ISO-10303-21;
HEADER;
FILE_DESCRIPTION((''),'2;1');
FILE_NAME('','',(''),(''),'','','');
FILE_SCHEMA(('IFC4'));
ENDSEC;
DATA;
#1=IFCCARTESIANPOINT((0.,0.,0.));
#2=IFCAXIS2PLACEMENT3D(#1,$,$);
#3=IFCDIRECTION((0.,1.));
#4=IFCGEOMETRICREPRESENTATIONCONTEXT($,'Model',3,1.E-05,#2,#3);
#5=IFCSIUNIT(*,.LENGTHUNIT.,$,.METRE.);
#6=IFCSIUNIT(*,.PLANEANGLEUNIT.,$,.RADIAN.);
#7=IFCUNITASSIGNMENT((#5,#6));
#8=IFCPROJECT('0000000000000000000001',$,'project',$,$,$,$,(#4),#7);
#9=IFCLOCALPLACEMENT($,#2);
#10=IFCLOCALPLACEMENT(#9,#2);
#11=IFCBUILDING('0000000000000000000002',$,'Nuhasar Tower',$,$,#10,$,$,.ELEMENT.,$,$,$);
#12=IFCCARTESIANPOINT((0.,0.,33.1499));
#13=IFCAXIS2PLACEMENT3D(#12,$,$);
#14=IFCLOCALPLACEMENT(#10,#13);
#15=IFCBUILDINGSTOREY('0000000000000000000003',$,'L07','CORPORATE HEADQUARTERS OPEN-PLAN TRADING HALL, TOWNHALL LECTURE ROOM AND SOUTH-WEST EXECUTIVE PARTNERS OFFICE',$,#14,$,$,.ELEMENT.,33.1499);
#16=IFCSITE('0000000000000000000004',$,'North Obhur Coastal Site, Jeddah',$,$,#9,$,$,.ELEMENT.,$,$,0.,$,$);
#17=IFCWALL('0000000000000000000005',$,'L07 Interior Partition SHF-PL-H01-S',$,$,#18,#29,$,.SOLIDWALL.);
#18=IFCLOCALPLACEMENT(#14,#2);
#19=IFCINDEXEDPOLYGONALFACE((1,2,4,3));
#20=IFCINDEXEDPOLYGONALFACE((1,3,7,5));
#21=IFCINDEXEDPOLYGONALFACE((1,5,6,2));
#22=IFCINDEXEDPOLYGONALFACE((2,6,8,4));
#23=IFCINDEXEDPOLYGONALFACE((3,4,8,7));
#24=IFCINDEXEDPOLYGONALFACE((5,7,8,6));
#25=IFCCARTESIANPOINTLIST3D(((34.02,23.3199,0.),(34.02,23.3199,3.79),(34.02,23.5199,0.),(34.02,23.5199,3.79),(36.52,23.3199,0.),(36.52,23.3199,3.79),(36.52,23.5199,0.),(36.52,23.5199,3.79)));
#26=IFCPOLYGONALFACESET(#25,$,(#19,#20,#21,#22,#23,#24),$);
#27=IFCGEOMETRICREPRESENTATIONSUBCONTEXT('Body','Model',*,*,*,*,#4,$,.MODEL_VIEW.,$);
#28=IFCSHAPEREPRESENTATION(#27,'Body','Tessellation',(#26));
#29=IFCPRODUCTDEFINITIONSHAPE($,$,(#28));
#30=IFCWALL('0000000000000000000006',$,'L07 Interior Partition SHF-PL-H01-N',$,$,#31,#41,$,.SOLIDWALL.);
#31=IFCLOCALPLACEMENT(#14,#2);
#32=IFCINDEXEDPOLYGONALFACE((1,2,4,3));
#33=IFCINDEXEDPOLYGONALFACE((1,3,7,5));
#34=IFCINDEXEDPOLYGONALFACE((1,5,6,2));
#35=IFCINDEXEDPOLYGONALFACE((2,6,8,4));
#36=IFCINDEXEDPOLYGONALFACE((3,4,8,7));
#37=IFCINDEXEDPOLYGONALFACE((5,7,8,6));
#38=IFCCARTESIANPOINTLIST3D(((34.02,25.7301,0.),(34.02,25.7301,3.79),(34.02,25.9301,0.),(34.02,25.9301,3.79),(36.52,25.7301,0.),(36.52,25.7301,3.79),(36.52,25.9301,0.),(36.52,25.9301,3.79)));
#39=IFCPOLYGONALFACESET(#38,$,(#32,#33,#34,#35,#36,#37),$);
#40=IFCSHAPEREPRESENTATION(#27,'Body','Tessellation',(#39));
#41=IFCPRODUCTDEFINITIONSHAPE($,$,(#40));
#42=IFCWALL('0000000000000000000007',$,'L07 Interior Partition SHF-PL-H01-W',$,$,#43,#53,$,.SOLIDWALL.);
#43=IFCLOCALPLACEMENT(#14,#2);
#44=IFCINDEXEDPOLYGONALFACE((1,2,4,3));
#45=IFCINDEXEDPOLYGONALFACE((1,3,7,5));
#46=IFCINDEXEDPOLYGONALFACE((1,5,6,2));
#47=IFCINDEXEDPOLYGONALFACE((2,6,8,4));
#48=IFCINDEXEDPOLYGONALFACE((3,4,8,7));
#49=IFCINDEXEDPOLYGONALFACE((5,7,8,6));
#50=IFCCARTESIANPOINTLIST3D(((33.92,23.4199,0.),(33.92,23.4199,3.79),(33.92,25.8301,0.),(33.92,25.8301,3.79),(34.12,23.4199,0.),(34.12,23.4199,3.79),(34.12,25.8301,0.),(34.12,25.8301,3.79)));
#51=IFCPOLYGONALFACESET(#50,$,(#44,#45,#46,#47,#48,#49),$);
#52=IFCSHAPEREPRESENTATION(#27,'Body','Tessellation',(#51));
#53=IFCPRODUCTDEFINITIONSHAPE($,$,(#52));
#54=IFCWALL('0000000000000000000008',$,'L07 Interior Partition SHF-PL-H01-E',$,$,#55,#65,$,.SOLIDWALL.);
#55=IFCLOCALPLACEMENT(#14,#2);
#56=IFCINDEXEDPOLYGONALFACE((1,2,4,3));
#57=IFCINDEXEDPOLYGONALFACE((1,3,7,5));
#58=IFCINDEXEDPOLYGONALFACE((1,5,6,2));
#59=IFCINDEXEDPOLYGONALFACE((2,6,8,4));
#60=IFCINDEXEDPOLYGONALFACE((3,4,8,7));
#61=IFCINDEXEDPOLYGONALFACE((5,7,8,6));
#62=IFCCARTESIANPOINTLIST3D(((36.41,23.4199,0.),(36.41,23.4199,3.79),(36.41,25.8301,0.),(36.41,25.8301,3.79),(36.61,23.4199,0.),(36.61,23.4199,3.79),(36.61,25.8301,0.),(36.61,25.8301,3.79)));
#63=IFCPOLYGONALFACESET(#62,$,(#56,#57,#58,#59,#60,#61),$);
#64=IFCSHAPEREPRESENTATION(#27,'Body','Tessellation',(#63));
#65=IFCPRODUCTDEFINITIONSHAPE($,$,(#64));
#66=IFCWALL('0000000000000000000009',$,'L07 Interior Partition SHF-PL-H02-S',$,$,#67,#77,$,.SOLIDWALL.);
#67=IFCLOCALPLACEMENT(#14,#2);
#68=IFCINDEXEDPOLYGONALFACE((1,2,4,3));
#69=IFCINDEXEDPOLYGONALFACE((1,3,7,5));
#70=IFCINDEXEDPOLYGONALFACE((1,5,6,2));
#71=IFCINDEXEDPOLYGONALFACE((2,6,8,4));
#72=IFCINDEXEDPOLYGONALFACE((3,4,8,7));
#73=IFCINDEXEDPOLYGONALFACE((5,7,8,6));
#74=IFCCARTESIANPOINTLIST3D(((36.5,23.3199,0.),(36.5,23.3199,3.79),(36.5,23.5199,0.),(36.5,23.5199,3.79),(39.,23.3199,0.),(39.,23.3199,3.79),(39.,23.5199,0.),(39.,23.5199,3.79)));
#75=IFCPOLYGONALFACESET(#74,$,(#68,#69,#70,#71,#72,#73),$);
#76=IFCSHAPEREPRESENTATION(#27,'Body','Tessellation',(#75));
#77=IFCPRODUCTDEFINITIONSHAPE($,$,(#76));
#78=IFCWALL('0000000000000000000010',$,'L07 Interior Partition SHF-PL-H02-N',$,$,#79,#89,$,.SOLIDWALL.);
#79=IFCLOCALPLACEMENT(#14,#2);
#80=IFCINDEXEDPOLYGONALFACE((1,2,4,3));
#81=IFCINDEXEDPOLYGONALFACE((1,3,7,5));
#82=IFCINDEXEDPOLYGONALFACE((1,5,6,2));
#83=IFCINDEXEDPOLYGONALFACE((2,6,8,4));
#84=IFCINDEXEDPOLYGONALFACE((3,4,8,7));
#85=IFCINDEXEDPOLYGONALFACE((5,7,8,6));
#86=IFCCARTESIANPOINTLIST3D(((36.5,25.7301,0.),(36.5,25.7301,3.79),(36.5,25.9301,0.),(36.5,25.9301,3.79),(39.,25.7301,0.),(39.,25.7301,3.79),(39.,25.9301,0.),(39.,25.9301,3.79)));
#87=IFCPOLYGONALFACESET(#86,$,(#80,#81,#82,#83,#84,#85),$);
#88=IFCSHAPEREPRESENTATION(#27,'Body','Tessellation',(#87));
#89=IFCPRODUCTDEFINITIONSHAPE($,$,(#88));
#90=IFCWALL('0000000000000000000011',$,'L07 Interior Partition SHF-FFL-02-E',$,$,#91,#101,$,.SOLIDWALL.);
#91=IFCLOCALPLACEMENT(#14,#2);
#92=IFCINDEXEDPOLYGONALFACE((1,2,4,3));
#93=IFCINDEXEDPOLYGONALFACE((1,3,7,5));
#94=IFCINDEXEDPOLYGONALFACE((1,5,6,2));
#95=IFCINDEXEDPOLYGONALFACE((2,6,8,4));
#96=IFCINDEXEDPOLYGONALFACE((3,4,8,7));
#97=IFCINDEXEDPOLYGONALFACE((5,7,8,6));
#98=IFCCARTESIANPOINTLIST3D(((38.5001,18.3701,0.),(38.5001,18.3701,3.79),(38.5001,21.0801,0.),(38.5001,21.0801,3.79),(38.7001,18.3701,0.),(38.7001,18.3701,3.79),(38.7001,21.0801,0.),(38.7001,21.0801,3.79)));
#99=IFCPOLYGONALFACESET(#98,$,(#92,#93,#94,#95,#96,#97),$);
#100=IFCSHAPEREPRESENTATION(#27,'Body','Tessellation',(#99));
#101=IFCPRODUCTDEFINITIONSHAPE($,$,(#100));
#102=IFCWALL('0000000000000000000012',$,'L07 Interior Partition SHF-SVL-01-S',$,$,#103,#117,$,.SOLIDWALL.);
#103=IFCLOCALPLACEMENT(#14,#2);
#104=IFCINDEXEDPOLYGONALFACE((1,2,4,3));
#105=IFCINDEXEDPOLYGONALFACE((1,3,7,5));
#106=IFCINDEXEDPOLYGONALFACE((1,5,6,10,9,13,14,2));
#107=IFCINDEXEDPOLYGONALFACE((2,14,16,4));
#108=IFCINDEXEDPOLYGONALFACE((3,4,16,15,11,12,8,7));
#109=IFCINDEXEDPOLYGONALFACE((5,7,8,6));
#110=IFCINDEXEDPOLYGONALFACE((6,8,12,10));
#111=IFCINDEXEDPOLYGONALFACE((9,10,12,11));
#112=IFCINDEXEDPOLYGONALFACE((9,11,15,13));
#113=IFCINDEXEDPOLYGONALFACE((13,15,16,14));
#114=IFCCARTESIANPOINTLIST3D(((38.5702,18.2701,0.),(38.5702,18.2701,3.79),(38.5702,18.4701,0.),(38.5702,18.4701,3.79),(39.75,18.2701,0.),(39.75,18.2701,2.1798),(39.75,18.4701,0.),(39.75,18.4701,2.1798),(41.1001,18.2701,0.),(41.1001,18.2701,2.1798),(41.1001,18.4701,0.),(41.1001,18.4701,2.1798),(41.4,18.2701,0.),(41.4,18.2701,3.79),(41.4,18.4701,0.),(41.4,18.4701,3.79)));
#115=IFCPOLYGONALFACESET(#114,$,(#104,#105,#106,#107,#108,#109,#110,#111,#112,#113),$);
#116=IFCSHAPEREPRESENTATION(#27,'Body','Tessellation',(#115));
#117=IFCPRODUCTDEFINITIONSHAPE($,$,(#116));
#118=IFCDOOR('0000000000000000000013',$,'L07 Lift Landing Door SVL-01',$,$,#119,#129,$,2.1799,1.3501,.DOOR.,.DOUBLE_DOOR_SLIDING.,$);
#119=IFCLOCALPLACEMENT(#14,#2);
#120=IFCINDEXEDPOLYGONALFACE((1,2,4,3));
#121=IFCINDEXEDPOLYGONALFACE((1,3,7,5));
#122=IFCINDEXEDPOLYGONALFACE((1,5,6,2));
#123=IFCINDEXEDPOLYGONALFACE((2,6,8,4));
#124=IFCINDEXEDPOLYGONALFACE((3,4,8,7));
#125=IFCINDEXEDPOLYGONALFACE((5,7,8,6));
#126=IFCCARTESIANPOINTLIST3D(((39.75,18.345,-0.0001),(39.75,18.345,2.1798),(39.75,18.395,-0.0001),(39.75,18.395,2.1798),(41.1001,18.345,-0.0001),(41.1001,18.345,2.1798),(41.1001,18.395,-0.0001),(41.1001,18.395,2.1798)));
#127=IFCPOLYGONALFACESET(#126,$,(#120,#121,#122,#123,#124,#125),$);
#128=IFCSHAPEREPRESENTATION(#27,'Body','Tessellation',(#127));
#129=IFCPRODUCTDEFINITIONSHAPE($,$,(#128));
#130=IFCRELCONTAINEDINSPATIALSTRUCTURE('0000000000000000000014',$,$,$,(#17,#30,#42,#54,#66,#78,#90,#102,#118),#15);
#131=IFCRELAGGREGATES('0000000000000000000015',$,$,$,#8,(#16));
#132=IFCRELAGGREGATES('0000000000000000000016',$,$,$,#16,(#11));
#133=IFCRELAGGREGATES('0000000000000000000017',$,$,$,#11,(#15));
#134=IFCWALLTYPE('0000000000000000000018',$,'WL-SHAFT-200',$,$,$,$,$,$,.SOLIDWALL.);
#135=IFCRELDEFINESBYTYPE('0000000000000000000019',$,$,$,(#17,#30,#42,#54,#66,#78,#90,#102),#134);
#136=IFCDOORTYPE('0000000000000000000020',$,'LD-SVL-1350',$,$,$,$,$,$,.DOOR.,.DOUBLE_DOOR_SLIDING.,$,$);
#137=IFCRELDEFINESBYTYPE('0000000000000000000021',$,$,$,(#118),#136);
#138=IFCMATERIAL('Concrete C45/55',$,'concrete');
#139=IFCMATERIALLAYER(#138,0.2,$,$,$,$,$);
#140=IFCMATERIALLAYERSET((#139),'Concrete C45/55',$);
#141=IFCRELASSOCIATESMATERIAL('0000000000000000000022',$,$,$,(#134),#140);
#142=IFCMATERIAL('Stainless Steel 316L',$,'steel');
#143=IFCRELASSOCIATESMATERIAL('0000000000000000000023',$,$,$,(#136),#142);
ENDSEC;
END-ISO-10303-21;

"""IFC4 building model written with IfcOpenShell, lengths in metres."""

from ifc_helpers import new_model, si_unit, direction, frame, frame_2d, origin, place, context, subcontext, project, spatial, rectangle, extrude, material, layer, layer_set, type_object, element, fill, save


model = new_model("IFC4")

# Units and contexts
model_context = context("Model", 3, precision=1e-05, world=origin(), true_north=direction((0.0, 1.0)))
body_context = subcontext(model_context, "Body", "Model", "MODEL_VIEW")
ifc_project = project(units=[si_unit("LENGTHUNIT", "METRE"), si_unit("PLANEANGLEUNIT", "RADIAN")], contexts=[model_context])

# Site, building, storey
site_placement = place(None, origin())
site = spatial("IfcSite", under=ifc_project, at=site_placement, Name="North Obhur Coastal Site, Jeddah", CompositionType="ELEMENT", RefElevation=0.0)
building_placement = place(site_placement, origin())
building = spatial("IfcBuilding", under=site, at=building_placement, Name="Nuhasar Tower", CompositionType="ELEMENT")
storey_placement = place(building_placement, frame((0.0, 0.0, 33.1499)))
storey = spatial("IfcBuildingStorey", under=building, at=storey_placement, Name="L07", Description="CORPORATE HEADQUARTERS OPEN-PLAN TRADING HALL, TOWNHALL LECTURE ROOM AND SOUTH-WEST EXECUTIVE PARTNERS OFFICE", CompositionType="ELEMENT", Elevation=33.1499)

# Shared definitions
ifc_material_1 = material(Name="Concrete C45/55", Category="concrete")
ifc_layer_1 = layer(ifc_material_1, 0.2)
ifc_layer_set_1 = layer_set([ifc_layer_1], Name="Concrete C45/55")
wall_type_1 = type_object("IfcWallType", Name="WL-SHAFT-200", PredefinedType="SOLIDWALL", material=ifc_layer_set_1)
ifc_material_2 = material(Name="Stainless Steel 316L", Category="steel")

# Walls
for number, where, z_axis, x_axis, name in (
    (1, (34.02, 23.4199, 0.0), (0.0, 0.0, 1.0), (1.0, 0.0, 0.0), "L07 Interior Partition SHF-PL-H01-S"),
    (2, (34.02, 25.8301, 0.0), (0.0, 0.0, 1.0), (1.0, 0.0, 0.0), "L07 Interior Partition SHF-PL-H01-N"),
):
    element("IfcWall", number, at=place(storey_placement, frame(where, z_axis=z_axis, x_axis=x_axis)), inside=storey, type_object=wall_type_1, Name=name, PredefinedType="SOLIDWALL", context=body_context, shape_type="SweptSolid", body=[
        extrude(rectangle(XDim=2.5, YDim=0.2, at=frame_2d((1.25, 0.0))), origin(), (0.0, 0.0, 1.0), 3.79),
    ])
for number, where, z_axis, x_axis, name in (
    (3, (34.02, 23.4199, 0.0), (0.0, 0.0, 1.0), (0.0, 1.0, 0.0), "L07 Interior Partition SHF-PL-H01-W"),
    (4, (36.51, 23.4199, 0.0), (0.0, 0.0, 1.0), (0.0, 1.0, 0.0), "L07 Interior Partition SHF-PL-H01-E"),
):
    element("IfcWall", number, at=place(storey_placement, frame(where, z_axis=z_axis, x_axis=x_axis)), inside=storey, type_object=wall_type_1, Name=name, PredefinedType="SOLIDWALL", context=body_context, shape_type="SweptSolid", body=[
        extrude(rectangle(XDim=2.4102, YDim=0.2, at=frame_2d((1.2051, 0.0))), origin(), (0.0, 0.0, 1.0), 3.79),
    ])
for number, where, z_axis, x_axis, name in (
    (5, (36.5, 23.4199, 0.0), (0.0, 0.0, 1.0), (1.0, 0.0, 0.0), "L07 Interior Partition SHF-PL-H02-S"),
    (6, (36.5, 25.8301, 0.0), (0.0, 0.0, 1.0), (1.0, 0.0, 0.0), "L07 Interior Partition SHF-PL-H02-N"),
):
    element("IfcWall", number, at=place(storey_placement, frame(where, z_axis=z_axis, x_axis=x_axis)), inside=storey, type_object=wall_type_1, Name=name, PredefinedType="SOLIDWALL", context=body_context, shape_type="SweptSolid", body=[
        extrude(rectangle(XDim=2.5, YDim=0.2, at=frame_2d((1.25, 0.0))), origin(), (0.0, 0.0, 1.0), 3.79),
    ])
wall_1_placement = place(storey_placement, frame((38.6001, 18.3701, 0.0), z_axis=(0.0, 0.0, 1.0), x_axis=(0.0, 1.0, 0.0)))
element("IfcWall", 7, at=wall_1_placement, inside=storey, type_object=wall_type_1, Name="L07 Interior Partition SHF-FFL-02-E", PredefinedType="SOLIDWALL", context=body_context, shape_type="SweptSolid", body=[
    extrude(rectangle(XDim=2.71, YDim=0.2, at=frame_2d((1.355, 0.0))), origin(), (0.0, 0.0, 1.0), 3.79),
])

# Wall, opening, door
wall_2_placement = place(storey_placement, frame((38.5701, 18.3701, 0.0), z_axis=(0.0, 0.0, 1.0), x_axis=(1.0, 0.0, 0.0)))
wall_2 = element("IfcWall", 8, at=wall_2_placement, inside=storey, type_object=wall_type_1, Name="L07 Interior Partition SHF-SVL-01-S", PredefinedType="SOLIDWALL", context=body_context, shape_type="SweptSolid", body=[
    extrude(rectangle(XDim=2.8298, YDim=0.2, at=frame_2d((1.415, 0.0))), origin(), (0.0, 0.0, 1.0), 3.79),
])
opening_1_placement = place(wall_2_placement, frame((1.1799, 0.0, 0.0)))
opening_1 = element("IfcOpeningElement", 9, at=opening_1_placement, cuts=wall_2, PredefinedType="OPENING", context=body_context, shape_type="SweptSolid", body=[
    extrude(rectangle(XDim=1.3501, YDim=2.1799, at=frame_2d((0.675, 1.0898))), frame((0.0, 0.1099, 0.0), z_axis=(0.0, -1.0, 0.0), x_axis=(1.0, 0.0, 0.0)), (0.0, 0.0, 1.0), 0.22),
])
door_type_1 = type_object("IfcDoorType", Name="LD-SVL-1350", OperationType="DOUBLE_DOOR_SLIDING", PredefinedType="DOOR", material=ifc_material_2)
door_1_placement = place(opening_1_placement, origin())
door_1 = element("IfcDoor", 10, at=door_1_placement, inside=storey, type_object=door_type_1, Name="L07 Lift Landing Door SVL-01", OperationType="DOUBLE_DOOR_SLIDING", OverallHeight=2.1799, OverallWidth=1.3501, PredefinedType="DOOR", context=body_context, shape_type="SweptSolid", body=[
    extrude(rectangle(XDim=1.3501, YDim=2.1799, at=frame_2d((0.675, 1.0898))), frame((0.0, 0.0249, 0.0), z_axis=(0.0, -1.0, 0.0), x_axis=(1.0, 0.0, 0.0)), (0.0, 0.0, 1.0), 0.05),
])
fill(opening_1, door_1)

save(model, "model.ifc")
